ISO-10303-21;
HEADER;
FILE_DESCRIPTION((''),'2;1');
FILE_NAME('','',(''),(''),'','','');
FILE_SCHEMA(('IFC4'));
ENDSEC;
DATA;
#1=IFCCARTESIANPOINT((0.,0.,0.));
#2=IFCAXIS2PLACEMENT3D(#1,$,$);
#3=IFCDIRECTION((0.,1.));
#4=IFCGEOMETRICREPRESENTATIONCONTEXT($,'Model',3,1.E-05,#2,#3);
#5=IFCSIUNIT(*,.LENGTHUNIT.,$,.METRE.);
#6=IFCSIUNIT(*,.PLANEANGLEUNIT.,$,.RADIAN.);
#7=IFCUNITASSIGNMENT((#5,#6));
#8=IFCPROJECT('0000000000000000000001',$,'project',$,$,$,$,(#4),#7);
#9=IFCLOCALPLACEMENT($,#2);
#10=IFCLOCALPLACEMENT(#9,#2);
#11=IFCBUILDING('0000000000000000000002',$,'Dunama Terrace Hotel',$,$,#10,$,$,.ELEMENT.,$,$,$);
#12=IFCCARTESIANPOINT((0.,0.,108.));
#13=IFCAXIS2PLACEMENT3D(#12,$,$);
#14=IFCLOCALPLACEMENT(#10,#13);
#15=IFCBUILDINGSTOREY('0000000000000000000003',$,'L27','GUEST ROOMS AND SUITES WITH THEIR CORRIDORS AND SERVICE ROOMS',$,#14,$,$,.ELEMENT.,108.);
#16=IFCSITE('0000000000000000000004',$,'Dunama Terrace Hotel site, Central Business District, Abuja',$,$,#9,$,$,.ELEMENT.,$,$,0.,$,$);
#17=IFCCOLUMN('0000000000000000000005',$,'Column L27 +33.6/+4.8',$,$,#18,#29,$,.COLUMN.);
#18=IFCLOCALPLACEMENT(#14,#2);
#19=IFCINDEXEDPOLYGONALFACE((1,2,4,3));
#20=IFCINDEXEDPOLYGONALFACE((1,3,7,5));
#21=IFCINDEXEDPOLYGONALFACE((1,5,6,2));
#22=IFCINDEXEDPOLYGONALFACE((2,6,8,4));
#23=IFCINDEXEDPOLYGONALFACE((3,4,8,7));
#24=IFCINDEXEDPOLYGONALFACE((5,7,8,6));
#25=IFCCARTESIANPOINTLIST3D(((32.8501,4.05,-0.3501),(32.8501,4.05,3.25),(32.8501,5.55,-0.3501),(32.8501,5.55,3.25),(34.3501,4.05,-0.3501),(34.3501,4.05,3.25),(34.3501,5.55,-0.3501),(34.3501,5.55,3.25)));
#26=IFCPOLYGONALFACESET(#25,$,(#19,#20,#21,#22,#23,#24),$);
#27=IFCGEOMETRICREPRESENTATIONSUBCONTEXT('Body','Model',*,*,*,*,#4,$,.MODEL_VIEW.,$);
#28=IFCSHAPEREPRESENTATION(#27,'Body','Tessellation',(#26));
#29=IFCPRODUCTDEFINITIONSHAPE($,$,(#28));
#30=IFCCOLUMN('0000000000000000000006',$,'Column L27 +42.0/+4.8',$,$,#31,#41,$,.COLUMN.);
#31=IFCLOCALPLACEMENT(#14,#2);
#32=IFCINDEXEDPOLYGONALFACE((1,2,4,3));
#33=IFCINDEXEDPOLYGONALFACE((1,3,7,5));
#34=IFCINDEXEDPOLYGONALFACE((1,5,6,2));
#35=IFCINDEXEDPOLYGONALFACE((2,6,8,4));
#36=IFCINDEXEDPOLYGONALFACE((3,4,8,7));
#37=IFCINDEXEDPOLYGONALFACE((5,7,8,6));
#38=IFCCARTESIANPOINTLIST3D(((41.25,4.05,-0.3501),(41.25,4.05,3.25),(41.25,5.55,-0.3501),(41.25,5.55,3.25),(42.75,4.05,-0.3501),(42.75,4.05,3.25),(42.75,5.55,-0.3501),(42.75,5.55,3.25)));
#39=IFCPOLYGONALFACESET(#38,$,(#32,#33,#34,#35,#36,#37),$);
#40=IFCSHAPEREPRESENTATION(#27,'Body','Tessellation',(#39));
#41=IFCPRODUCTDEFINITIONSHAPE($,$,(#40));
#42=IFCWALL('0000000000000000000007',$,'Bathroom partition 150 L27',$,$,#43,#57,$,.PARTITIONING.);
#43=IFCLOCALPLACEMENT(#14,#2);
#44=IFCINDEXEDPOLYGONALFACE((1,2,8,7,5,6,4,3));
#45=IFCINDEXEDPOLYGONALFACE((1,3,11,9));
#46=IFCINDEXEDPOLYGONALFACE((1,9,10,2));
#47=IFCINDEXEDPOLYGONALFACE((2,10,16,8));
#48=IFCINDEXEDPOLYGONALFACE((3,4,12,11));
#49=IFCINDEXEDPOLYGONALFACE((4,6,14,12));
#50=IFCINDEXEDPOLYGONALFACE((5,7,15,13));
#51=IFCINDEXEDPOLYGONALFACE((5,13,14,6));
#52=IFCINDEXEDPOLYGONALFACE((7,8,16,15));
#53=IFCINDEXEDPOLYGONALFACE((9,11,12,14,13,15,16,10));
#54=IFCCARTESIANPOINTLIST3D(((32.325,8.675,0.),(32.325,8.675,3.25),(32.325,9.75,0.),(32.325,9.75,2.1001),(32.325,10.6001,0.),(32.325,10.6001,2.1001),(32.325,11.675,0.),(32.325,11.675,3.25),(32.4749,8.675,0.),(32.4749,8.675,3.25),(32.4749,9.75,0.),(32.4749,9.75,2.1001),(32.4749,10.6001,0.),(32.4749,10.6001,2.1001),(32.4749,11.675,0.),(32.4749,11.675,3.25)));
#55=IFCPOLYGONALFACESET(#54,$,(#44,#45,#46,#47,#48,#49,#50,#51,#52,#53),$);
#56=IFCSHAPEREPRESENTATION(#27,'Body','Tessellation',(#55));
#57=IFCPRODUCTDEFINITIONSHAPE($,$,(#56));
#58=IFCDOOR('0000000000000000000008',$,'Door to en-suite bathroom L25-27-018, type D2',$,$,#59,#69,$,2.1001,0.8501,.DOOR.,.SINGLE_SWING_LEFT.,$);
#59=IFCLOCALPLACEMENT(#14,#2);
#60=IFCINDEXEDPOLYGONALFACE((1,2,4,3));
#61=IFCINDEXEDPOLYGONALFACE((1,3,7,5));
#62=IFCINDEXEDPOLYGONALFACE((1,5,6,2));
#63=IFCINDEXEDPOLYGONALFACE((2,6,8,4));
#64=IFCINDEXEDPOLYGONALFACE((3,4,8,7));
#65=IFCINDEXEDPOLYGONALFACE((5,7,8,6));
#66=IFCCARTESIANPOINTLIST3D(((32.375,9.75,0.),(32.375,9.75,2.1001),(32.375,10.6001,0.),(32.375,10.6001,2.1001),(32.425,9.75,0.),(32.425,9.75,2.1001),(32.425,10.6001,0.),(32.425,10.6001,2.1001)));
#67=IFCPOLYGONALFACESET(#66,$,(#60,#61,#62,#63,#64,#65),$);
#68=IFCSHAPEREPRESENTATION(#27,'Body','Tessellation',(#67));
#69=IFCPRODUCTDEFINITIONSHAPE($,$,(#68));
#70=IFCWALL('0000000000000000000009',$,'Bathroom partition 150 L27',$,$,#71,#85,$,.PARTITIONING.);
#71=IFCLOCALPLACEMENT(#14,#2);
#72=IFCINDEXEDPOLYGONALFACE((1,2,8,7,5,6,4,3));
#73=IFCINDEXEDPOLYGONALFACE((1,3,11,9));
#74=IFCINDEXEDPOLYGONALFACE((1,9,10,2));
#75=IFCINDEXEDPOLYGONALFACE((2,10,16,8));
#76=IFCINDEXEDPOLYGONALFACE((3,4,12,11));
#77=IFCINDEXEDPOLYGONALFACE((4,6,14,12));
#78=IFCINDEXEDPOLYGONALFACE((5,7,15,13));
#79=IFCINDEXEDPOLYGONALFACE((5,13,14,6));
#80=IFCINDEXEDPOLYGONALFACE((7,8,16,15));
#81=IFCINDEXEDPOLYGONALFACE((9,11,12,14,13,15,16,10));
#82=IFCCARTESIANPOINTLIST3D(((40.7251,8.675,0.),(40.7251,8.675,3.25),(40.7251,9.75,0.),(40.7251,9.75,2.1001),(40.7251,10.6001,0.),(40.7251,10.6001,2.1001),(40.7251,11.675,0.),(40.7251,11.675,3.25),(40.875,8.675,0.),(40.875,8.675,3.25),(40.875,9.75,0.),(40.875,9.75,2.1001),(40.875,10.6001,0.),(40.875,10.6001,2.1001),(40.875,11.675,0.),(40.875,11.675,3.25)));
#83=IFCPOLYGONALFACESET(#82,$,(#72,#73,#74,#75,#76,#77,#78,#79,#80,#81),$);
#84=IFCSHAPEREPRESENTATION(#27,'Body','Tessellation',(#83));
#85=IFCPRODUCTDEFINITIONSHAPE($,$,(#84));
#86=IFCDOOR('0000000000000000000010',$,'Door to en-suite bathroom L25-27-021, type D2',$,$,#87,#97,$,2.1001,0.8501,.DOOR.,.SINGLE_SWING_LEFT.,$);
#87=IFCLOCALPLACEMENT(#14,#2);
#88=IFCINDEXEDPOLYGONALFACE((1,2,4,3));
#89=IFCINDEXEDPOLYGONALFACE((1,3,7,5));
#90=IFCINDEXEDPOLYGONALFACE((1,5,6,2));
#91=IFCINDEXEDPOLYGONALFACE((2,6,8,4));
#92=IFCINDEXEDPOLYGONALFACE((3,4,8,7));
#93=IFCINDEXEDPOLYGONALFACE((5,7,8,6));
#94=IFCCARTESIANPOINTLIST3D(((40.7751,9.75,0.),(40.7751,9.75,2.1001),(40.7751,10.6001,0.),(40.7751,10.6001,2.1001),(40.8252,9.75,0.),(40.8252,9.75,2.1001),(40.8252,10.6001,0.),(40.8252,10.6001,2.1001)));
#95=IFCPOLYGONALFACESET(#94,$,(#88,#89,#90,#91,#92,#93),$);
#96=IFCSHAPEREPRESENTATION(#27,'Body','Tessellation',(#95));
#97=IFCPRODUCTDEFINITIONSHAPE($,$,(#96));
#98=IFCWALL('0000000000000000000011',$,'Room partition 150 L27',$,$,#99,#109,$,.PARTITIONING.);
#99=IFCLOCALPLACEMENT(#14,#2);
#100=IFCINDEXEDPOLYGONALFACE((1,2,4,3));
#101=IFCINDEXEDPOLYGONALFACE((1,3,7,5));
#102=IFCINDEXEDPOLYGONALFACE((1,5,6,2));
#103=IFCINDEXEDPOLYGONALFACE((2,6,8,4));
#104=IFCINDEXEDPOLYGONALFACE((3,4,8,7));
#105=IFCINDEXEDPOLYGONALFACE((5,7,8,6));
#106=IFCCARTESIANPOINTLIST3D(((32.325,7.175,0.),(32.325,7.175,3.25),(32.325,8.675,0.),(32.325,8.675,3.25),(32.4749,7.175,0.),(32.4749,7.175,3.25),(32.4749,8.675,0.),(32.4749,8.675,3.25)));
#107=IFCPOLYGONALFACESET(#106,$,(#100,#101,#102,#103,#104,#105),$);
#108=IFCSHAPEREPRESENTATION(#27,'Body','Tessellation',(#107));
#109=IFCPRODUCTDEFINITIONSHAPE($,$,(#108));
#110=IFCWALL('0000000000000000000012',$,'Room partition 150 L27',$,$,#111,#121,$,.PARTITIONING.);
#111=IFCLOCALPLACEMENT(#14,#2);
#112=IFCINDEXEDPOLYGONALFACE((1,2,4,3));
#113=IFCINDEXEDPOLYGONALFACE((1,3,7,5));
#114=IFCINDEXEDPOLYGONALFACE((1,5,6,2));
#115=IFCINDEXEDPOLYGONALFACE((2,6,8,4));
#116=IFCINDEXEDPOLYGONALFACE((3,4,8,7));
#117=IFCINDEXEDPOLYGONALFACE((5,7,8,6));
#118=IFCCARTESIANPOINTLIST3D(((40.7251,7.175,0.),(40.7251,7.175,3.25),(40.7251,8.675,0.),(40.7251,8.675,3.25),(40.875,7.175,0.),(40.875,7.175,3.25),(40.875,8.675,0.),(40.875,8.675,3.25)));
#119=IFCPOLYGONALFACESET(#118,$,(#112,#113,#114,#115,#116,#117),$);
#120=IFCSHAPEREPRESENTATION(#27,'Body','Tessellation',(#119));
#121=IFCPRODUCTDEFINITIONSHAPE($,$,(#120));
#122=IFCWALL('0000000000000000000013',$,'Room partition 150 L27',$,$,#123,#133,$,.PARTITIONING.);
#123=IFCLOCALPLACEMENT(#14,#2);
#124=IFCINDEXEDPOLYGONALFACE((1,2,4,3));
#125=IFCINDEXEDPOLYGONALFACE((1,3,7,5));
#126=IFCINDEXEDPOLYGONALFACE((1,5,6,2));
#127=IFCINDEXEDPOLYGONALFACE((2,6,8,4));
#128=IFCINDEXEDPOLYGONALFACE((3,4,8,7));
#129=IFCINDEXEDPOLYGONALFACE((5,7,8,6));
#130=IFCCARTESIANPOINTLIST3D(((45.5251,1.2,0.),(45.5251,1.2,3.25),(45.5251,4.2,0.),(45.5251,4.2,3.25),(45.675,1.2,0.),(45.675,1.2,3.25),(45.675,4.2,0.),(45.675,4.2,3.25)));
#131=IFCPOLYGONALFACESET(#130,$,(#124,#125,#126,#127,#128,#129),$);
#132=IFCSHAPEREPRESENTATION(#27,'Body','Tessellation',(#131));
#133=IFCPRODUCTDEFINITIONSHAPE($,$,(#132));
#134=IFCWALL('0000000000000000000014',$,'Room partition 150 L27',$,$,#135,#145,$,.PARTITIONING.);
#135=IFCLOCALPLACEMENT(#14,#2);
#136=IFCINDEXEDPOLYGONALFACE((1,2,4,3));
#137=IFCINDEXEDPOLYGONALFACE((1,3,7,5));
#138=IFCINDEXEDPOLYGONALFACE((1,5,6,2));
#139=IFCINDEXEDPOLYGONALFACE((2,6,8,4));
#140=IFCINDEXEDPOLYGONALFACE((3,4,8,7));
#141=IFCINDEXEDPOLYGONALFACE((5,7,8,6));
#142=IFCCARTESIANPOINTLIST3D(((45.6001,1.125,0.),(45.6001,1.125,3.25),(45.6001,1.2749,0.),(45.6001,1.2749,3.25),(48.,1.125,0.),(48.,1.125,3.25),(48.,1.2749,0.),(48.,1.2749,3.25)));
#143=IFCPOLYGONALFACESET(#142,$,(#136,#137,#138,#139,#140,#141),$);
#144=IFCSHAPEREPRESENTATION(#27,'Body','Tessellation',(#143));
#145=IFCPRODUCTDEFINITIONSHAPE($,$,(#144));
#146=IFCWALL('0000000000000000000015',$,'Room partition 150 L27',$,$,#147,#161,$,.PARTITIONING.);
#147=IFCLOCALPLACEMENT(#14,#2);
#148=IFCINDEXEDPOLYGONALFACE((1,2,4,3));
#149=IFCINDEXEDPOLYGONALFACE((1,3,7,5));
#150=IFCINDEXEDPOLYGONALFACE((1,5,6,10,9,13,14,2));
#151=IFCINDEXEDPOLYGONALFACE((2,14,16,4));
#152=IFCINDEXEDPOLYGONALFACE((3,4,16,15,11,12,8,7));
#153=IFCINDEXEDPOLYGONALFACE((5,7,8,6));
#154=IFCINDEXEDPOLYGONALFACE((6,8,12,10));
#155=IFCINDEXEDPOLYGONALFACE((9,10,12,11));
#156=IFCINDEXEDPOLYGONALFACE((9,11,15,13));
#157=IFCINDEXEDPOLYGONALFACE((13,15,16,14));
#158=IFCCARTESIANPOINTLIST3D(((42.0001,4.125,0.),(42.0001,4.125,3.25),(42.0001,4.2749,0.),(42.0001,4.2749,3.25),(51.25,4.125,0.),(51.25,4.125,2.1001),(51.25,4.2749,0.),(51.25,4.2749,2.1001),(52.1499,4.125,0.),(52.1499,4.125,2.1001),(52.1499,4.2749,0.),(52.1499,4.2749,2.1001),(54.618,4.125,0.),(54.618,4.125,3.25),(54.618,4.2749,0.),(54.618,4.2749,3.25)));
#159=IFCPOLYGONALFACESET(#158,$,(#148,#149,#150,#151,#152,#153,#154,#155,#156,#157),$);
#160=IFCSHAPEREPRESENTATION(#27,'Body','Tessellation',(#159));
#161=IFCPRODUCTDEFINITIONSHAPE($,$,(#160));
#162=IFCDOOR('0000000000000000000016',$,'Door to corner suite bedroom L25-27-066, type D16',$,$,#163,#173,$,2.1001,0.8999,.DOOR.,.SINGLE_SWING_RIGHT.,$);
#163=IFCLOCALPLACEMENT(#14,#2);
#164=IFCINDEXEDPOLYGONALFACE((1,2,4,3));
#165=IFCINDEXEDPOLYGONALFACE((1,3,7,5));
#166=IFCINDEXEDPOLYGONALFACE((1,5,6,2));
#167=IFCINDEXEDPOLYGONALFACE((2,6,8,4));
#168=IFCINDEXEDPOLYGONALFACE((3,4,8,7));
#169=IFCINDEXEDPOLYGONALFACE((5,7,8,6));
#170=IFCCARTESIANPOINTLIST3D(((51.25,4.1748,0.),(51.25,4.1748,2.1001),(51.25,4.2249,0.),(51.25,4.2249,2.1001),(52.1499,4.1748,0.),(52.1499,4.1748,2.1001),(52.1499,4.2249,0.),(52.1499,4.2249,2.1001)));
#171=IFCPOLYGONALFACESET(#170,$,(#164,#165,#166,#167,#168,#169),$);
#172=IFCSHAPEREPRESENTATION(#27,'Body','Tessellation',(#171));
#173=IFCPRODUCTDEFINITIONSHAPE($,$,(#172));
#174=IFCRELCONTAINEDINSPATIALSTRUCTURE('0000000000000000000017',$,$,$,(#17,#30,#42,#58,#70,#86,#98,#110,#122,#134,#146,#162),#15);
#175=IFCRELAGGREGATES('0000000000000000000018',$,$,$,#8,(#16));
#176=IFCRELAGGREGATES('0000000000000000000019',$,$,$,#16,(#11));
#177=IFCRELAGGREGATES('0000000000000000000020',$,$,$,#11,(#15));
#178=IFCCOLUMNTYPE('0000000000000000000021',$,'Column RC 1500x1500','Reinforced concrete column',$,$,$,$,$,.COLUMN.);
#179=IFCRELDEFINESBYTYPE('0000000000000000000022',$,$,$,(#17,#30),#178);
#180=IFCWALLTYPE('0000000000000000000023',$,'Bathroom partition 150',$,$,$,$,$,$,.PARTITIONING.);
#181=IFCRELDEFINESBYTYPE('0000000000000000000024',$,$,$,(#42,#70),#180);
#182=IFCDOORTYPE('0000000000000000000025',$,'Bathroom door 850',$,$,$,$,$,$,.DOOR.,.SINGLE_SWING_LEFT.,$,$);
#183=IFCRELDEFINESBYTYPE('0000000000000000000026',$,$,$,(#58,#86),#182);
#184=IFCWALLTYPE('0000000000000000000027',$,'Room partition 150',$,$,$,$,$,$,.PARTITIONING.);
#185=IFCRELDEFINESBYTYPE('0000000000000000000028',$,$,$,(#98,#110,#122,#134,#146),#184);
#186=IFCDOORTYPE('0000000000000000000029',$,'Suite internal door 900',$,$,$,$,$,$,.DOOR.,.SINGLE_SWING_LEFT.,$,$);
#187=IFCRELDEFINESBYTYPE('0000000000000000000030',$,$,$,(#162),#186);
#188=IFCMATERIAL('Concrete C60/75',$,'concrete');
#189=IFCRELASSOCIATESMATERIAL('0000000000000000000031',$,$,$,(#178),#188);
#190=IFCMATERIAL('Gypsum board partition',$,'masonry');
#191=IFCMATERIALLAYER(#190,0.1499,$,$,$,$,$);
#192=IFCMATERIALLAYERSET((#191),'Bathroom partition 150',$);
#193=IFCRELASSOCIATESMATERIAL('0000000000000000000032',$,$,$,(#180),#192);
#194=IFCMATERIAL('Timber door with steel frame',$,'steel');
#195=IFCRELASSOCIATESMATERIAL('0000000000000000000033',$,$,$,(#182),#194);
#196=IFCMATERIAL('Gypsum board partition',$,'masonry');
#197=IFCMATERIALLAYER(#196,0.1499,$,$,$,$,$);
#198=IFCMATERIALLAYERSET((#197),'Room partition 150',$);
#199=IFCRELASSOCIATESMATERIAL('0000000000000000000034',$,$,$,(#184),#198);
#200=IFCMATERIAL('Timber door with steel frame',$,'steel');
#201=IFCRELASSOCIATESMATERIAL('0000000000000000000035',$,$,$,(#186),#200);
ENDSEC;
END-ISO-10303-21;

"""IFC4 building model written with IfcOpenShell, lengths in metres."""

from ifc_helpers import new_model, si_unit, direction, frame, frame_2d, origin, origin_2d, place, context, subcontext, project, spatial, rectangle, extrude, material, layer, layer_set, material_profile, profile_set, type_object, element, fill, save


model = new_model("IFC4")

# Units and contexts
model_context = context("Model", 3, precision=1e-05, world=origin(), true_north=direction((0.0, 1.0)))
body_context = subcontext(model_context, "Body", "Model", "MODEL_VIEW")
ifc_project = project(units=[si_unit("LENGTHUNIT", "METRE"), si_unit("PLANEANGLEUNIT", "RADIAN")], contexts=[model_context])

# Site, building, storey
site_placement = place(None, origin())
site = spatial("IfcSite", under=ifc_project, at=site_placement, Name="Dunama Terrace Hotel site, Central Business District, Abuja", CompositionType="ELEMENT", RefElevation=0.0)
building_placement = place(site_placement, origin())
building = spatial("IfcBuilding", under=site, at=building_placement, Name="Dunama Terrace Hotel", CompositionType="ELEMENT")
storey_placement = place(building_placement, frame((0.0, 0.0, 108.0)))
storey = spatial("IfcBuildingStorey", under=building, at=storey_placement, Name="L27", Description="GUEST ROOMS AND SUITES WITH THEIR CORRIDORS AND SERVICE ROOMS", CompositionType="ELEMENT", Elevation=108.0)

# Columns
ifc_material_1 = material(Name="Concrete C60/75", Category="concrete")
ifc_material_profile = material_profile(ifc_material_1, rectangle(XDim=1.5, YDim=1.5, at=origin_2d()), Name="RC 1500x1500")
ifc_profile_set = profile_set([ifc_material_profile], Name="Concrete C60/75")
column_type = type_object("IfcColumnType", Name="Column RC 1500x1500", Description="Reinforced concrete column", PredefinedType="COLUMN", material=ifc_profile_set)
for number, where, z_axis, x_axis, name in (
    (1, (33.6001, 4.8, -0.3501), (0.0, 0.0, 1.0), (1.0, 0.0, 0.0), "Column L27 +33.6/+4.8"),
    (2, (42.0, 4.8, -0.3501), (0.0, 0.0, 1.0), (1.0, 0.0, 0.0), "Column L27 +42.0/+4.8"),
):
    element("IfcColumn", number, at=place(storey_placement, frame(where, z_axis=z_axis, x_axis=x_axis)), inside=storey, type_object=column_type, Name=name, PredefinedType="COLUMN", context=body_context, shape_type="SweptSolid", body=[
        extrude(rectangle(XDim=1.5, YDim=1.5, at=origin_2d()), origin(), (0.0, 0.0, 1.0), 3.6001),
    ])

# Walls, openings, doors
ifc_material_2 = material(Name="Gypsum board partition", Category="masonry")
ifc_layer_1 = layer(ifc_material_2, 0.1499)
ifc_layer_set_1 = layer_set([ifc_layer_1], Name="Bathroom partition 150")
wall_type_1 = type_object("IfcWallType", Name="Bathroom partition 150", PredefinedType="PARTITIONING", material=ifc_layer_set_1)
wall_1_placement = place(storey_placement, frame((32.3999, 8.675, 0.0), z_axis=(0.0, 0.0, 1.0), x_axis=(0.0, 1.0, 0.0)))
wall_1 = element("IfcWall", 3, at=wall_1_placement, inside=storey, type_object=wall_type_1, Name="Bathroom partition 150 L27", PredefinedType="PARTITIONING", context=body_context, shape_type="SweptSolid", body=[
    extrude(rectangle(XDim=3.0, YDim=0.1499, at=frame_2d((1.5, 0.0))), origin(), (0.0, 0.0, 1.0), 3.25),
])
opening_1_placement = place(wall_1_placement, frame((1.075, 0.0, 0.0)))
opening_1 = element("IfcOpeningElement", 4, at=opening_1_placement, cuts=wall_1, PredefinedType="OPENING", context=body_context, shape_type="SweptSolid", body=[
    extrude(rectangle(XDim=0.8501, YDim=2.1001, at=frame_2d((0.425, 1.05))), frame((0.0, 0.085, 0.0), z_axis=(0.0, -1.0, 0.0), x_axis=(1.0, 0.0, 0.0)), (0.0, 0.0, 1.0), 0.1699),
])
ifc_material_3 = material(Name="Timber door with steel frame", Category="steel")
door_type_1 = type_object("IfcDoorType", Name="Bathroom door 850", OperationType="SINGLE_SWING_LEFT", PredefinedType="DOOR", material=ifc_material_3)
door_1_placement = place(opening_1_placement, origin())
door_1 = element("IfcDoor", 5, at=door_1_placement, inside=storey, type_object=door_type_1, Name="Door to en-suite bathroom L25-27-018, type D2", OperationType="SINGLE_SWING_LEFT", OverallHeight=2.1001, OverallWidth=0.8501, PredefinedType="DOOR", context=body_context, shape_type="SweptSolid", body=[
    extrude(rectangle(XDim=0.8501, YDim=2.1001, at=frame_2d((0.425, 1.05))), frame((0.0, 0.0249, 0.0), z_axis=(0.0, -1.0, 0.0), x_axis=(1.0, 0.0, 0.0)), (0.0, 0.0, 1.0), 0.05),
])
fill(opening_1, door_1)
wall_2_placement = place(storey_placement, frame((40.8, 8.675, 0.0), z_axis=(0.0, 0.0, 1.0), x_axis=(0.0, 1.0, 0.0)))
wall_2 = element("IfcWall", 6, at=wall_2_placement, inside=storey, type_object=wall_type_1, Name="Bathroom partition 150 L27", PredefinedType="PARTITIONING", context=body_context, shape_type="SweptSolid", body=[
    extrude(rectangle(XDim=3.0, YDim=0.1499, at=frame_2d((1.5, 0.0))), origin(), (0.0, 0.0, 1.0), 3.25),
])
opening_2_placement = place(wall_2_placement, frame((1.075, 0.0, 0.0)))
opening_2 = element("IfcOpeningElement", 7, at=opening_2_placement, cuts=wall_2, PredefinedType="OPENING", context=body_context, shape_type="SweptSolid", body=[
    extrude(rectangle(XDim=0.8501, YDim=2.1001, at=frame_2d((0.425, 1.05))), frame((0.0, 0.085, 0.0), z_axis=(0.0, -1.0, 0.0), x_axis=(1.0, 0.0, 0.0)), (0.0, 0.0, 1.0), 0.1699),
])
door_2_placement = place(opening_2_placement, origin())
door_2 = element("IfcDoor", 8, at=door_2_placement, inside=storey, type_object=door_type_1, Name="Door to en-suite bathroom L25-27-021, type D2", OperationType="SINGLE_SWING_LEFT", OverallHeight=2.1001, OverallWidth=0.8501, PredefinedType="DOOR", context=body_context, shape_type="SweptSolid", body=[
    extrude(rectangle(XDim=0.8501, YDim=2.1001, at=frame_2d((0.425, 1.05))), frame((0.0, 0.0249, 0.0), z_axis=(0.0, -1.0, 0.0), x_axis=(1.0, 0.0, 0.0)), (0.0, 0.0, 1.0), 0.05),
])
fill(opening_2, door_2)

# Walls
ifc_material_4 = material(Name="Gypsum board partition", Category="masonry")
ifc_layer_2 = layer(ifc_material_4, 0.1499)
ifc_layer_set_2 = layer_set([ifc_layer_2], Name="Room partition 150")
wall_type_2 = type_object("IfcWallType", Name="Room partition 150", PredefinedType="PARTITIONING", material=ifc_layer_set_2)
for number, where, z_axis, x_axis, name in (
    (9, (32.3999, 7.175, 0.0), (0.0, 0.0, 1.0), (0.0, 1.0, 0.0), "Room partition 150 L27"),
    (10, (40.8, 7.175, 0.0), (0.0, 0.0, 1.0), (0.0, 1.0, 0.0), "Room partition 150 L27"),
):
    element("IfcWall", number, at=place(storey_placement, frame(where, z_axis=z_axis, x_axis=x_axis)), inside=storey, type_object=wall_type_2, Name=name, PredefinedType="PARTITIONING", context=body_context, shape_type="SweptSolid", body=[
        extrude(rectangle(XDim=1.5, YDim=0.1499, at=frame_2d((0.75, 0.0))), origin(), (0.0, 0.0, 1.0), 3.25),
    ])
wall_3_placement = place(storey_placement, frame((45.6001, 1.2, 0.0), z_axis=(0.0, 0.0, 1.0), x_axis=(0.0, 1.0, 0.0)))
element("IfcWall", 11, at=wall_3_placement, inside=storey, type_object=wall_type_2, Name="Room partition 150 L27", PredefinedType="PARTITIONING", context=body_context, shape_type="SweptSolid", body=[
    extrude(rectangle(XDim=3.0, YDim=0.1499, at=frame_2d((1.5, 0.0))), origin(), (0.0, 0.0, 1.0), 3.25),
])
wall_4_placement = place(storey_placement, frame((45.6001, 1.2, 0.0), z_axis=(0.0, 0.0, 1.0), x_axis=(1.0, 0.0, 0.0)))
element("IfcWall", 12, at=wall_4_placement, inside=storey, type_object=wall_type_2, Name="Room partition 150 L27", PredefinedType="PARTITIONING", context=body_context, shape_type="SweptSolid", body=[
    extrude(rectangle(XDim=2.3999, YDim=0.1499, at=frame_2d((1.2, 0.0))), origin(), (0.0, 0.0, 1.0), 3.25),
])

# Wall, opening, door
wall_5_placement = place(storey_placement, frame((42.0, 4.2, 0.0), z_axis=(0.0, 0.0, 1.0), x_axis=(1.0, 0.0, 0.0)))
wall_5 = element("IfcWall", 13, at=wall_5_placement, inside=storey, type_object=wall_type_2, Name="Room partition 150 L27", PredefinedType="PARTITIONING", context=body_context, shape_type="SweptSolid", body=[
    extrude(rectangle(XDim=12.6179, YDim=0.1499, at=frame_2d((6.3091, 0.0))), origin(), (0.0, 0.0, 1.0), 3.25),
])
opening_3_placement = place(wall_5_placement, frame((9.25, 0.0, 0.0)))
opening_3 = element("IfcOpeningElement", 14, at=opening_3_placement, cuts=wall_5, PredefinedType="OPENING", context=body_context, shape_type="SweptSolid", body=[
    extrude(rectangle(XDim=0.8999, YDim=2.1001, at=frame_2d((0.45, 1.05))), frame((0.0, 0.085, 0.0), z_axis=(0.0, -1.0, 0.0), x_axis=(1.0, 0.0, 0.0)), (0.0, 0.0, 1.0), 0.1699),
])
ifc_material_5 = material(Name="Timber door with steel frame", Category="steel")
door_type_2 = type_object("IfcDoorType", Name="Suite internal door 900", OperationType="SINGLE_SWING_LEFT", PredefinedType="DOOR", material=ifc_material_5)
door_3_placement = place(opening_3_placement, frame((0.8999, 0.0, 0.0), z_axis=(0.0, 0.0, 1.0), x_axis=(-1.0, 0.0, 0.0)))
door_3 = element("IfcDoor", 15, at=door_3_placement, inside=storey, type_object=door_type_2, Name="Door to corner suite bedroom L25-27-066, type D16", OperationType="SINGLE_SWING_RIGHT", OverallHeight=2.1001, OverallWidth=0.8999, PredefinedType="DOOR", context=body_context, shape_type="SweptSolid", body=[
    extrude(rectangle(XDim=0.8999, YDim=2.1001, at=frame_2d((0.45, 1.05))), frame((0.0, 0.0251, 0.0), z_axis=(0.0, -1.0, 0.0), x_axis=(1.0, 0.0, 0.0)), (0.0, 0.0, 1.0), 0.05),
])
fill(opening_3, door_3)

save(model, "model.ifc")
